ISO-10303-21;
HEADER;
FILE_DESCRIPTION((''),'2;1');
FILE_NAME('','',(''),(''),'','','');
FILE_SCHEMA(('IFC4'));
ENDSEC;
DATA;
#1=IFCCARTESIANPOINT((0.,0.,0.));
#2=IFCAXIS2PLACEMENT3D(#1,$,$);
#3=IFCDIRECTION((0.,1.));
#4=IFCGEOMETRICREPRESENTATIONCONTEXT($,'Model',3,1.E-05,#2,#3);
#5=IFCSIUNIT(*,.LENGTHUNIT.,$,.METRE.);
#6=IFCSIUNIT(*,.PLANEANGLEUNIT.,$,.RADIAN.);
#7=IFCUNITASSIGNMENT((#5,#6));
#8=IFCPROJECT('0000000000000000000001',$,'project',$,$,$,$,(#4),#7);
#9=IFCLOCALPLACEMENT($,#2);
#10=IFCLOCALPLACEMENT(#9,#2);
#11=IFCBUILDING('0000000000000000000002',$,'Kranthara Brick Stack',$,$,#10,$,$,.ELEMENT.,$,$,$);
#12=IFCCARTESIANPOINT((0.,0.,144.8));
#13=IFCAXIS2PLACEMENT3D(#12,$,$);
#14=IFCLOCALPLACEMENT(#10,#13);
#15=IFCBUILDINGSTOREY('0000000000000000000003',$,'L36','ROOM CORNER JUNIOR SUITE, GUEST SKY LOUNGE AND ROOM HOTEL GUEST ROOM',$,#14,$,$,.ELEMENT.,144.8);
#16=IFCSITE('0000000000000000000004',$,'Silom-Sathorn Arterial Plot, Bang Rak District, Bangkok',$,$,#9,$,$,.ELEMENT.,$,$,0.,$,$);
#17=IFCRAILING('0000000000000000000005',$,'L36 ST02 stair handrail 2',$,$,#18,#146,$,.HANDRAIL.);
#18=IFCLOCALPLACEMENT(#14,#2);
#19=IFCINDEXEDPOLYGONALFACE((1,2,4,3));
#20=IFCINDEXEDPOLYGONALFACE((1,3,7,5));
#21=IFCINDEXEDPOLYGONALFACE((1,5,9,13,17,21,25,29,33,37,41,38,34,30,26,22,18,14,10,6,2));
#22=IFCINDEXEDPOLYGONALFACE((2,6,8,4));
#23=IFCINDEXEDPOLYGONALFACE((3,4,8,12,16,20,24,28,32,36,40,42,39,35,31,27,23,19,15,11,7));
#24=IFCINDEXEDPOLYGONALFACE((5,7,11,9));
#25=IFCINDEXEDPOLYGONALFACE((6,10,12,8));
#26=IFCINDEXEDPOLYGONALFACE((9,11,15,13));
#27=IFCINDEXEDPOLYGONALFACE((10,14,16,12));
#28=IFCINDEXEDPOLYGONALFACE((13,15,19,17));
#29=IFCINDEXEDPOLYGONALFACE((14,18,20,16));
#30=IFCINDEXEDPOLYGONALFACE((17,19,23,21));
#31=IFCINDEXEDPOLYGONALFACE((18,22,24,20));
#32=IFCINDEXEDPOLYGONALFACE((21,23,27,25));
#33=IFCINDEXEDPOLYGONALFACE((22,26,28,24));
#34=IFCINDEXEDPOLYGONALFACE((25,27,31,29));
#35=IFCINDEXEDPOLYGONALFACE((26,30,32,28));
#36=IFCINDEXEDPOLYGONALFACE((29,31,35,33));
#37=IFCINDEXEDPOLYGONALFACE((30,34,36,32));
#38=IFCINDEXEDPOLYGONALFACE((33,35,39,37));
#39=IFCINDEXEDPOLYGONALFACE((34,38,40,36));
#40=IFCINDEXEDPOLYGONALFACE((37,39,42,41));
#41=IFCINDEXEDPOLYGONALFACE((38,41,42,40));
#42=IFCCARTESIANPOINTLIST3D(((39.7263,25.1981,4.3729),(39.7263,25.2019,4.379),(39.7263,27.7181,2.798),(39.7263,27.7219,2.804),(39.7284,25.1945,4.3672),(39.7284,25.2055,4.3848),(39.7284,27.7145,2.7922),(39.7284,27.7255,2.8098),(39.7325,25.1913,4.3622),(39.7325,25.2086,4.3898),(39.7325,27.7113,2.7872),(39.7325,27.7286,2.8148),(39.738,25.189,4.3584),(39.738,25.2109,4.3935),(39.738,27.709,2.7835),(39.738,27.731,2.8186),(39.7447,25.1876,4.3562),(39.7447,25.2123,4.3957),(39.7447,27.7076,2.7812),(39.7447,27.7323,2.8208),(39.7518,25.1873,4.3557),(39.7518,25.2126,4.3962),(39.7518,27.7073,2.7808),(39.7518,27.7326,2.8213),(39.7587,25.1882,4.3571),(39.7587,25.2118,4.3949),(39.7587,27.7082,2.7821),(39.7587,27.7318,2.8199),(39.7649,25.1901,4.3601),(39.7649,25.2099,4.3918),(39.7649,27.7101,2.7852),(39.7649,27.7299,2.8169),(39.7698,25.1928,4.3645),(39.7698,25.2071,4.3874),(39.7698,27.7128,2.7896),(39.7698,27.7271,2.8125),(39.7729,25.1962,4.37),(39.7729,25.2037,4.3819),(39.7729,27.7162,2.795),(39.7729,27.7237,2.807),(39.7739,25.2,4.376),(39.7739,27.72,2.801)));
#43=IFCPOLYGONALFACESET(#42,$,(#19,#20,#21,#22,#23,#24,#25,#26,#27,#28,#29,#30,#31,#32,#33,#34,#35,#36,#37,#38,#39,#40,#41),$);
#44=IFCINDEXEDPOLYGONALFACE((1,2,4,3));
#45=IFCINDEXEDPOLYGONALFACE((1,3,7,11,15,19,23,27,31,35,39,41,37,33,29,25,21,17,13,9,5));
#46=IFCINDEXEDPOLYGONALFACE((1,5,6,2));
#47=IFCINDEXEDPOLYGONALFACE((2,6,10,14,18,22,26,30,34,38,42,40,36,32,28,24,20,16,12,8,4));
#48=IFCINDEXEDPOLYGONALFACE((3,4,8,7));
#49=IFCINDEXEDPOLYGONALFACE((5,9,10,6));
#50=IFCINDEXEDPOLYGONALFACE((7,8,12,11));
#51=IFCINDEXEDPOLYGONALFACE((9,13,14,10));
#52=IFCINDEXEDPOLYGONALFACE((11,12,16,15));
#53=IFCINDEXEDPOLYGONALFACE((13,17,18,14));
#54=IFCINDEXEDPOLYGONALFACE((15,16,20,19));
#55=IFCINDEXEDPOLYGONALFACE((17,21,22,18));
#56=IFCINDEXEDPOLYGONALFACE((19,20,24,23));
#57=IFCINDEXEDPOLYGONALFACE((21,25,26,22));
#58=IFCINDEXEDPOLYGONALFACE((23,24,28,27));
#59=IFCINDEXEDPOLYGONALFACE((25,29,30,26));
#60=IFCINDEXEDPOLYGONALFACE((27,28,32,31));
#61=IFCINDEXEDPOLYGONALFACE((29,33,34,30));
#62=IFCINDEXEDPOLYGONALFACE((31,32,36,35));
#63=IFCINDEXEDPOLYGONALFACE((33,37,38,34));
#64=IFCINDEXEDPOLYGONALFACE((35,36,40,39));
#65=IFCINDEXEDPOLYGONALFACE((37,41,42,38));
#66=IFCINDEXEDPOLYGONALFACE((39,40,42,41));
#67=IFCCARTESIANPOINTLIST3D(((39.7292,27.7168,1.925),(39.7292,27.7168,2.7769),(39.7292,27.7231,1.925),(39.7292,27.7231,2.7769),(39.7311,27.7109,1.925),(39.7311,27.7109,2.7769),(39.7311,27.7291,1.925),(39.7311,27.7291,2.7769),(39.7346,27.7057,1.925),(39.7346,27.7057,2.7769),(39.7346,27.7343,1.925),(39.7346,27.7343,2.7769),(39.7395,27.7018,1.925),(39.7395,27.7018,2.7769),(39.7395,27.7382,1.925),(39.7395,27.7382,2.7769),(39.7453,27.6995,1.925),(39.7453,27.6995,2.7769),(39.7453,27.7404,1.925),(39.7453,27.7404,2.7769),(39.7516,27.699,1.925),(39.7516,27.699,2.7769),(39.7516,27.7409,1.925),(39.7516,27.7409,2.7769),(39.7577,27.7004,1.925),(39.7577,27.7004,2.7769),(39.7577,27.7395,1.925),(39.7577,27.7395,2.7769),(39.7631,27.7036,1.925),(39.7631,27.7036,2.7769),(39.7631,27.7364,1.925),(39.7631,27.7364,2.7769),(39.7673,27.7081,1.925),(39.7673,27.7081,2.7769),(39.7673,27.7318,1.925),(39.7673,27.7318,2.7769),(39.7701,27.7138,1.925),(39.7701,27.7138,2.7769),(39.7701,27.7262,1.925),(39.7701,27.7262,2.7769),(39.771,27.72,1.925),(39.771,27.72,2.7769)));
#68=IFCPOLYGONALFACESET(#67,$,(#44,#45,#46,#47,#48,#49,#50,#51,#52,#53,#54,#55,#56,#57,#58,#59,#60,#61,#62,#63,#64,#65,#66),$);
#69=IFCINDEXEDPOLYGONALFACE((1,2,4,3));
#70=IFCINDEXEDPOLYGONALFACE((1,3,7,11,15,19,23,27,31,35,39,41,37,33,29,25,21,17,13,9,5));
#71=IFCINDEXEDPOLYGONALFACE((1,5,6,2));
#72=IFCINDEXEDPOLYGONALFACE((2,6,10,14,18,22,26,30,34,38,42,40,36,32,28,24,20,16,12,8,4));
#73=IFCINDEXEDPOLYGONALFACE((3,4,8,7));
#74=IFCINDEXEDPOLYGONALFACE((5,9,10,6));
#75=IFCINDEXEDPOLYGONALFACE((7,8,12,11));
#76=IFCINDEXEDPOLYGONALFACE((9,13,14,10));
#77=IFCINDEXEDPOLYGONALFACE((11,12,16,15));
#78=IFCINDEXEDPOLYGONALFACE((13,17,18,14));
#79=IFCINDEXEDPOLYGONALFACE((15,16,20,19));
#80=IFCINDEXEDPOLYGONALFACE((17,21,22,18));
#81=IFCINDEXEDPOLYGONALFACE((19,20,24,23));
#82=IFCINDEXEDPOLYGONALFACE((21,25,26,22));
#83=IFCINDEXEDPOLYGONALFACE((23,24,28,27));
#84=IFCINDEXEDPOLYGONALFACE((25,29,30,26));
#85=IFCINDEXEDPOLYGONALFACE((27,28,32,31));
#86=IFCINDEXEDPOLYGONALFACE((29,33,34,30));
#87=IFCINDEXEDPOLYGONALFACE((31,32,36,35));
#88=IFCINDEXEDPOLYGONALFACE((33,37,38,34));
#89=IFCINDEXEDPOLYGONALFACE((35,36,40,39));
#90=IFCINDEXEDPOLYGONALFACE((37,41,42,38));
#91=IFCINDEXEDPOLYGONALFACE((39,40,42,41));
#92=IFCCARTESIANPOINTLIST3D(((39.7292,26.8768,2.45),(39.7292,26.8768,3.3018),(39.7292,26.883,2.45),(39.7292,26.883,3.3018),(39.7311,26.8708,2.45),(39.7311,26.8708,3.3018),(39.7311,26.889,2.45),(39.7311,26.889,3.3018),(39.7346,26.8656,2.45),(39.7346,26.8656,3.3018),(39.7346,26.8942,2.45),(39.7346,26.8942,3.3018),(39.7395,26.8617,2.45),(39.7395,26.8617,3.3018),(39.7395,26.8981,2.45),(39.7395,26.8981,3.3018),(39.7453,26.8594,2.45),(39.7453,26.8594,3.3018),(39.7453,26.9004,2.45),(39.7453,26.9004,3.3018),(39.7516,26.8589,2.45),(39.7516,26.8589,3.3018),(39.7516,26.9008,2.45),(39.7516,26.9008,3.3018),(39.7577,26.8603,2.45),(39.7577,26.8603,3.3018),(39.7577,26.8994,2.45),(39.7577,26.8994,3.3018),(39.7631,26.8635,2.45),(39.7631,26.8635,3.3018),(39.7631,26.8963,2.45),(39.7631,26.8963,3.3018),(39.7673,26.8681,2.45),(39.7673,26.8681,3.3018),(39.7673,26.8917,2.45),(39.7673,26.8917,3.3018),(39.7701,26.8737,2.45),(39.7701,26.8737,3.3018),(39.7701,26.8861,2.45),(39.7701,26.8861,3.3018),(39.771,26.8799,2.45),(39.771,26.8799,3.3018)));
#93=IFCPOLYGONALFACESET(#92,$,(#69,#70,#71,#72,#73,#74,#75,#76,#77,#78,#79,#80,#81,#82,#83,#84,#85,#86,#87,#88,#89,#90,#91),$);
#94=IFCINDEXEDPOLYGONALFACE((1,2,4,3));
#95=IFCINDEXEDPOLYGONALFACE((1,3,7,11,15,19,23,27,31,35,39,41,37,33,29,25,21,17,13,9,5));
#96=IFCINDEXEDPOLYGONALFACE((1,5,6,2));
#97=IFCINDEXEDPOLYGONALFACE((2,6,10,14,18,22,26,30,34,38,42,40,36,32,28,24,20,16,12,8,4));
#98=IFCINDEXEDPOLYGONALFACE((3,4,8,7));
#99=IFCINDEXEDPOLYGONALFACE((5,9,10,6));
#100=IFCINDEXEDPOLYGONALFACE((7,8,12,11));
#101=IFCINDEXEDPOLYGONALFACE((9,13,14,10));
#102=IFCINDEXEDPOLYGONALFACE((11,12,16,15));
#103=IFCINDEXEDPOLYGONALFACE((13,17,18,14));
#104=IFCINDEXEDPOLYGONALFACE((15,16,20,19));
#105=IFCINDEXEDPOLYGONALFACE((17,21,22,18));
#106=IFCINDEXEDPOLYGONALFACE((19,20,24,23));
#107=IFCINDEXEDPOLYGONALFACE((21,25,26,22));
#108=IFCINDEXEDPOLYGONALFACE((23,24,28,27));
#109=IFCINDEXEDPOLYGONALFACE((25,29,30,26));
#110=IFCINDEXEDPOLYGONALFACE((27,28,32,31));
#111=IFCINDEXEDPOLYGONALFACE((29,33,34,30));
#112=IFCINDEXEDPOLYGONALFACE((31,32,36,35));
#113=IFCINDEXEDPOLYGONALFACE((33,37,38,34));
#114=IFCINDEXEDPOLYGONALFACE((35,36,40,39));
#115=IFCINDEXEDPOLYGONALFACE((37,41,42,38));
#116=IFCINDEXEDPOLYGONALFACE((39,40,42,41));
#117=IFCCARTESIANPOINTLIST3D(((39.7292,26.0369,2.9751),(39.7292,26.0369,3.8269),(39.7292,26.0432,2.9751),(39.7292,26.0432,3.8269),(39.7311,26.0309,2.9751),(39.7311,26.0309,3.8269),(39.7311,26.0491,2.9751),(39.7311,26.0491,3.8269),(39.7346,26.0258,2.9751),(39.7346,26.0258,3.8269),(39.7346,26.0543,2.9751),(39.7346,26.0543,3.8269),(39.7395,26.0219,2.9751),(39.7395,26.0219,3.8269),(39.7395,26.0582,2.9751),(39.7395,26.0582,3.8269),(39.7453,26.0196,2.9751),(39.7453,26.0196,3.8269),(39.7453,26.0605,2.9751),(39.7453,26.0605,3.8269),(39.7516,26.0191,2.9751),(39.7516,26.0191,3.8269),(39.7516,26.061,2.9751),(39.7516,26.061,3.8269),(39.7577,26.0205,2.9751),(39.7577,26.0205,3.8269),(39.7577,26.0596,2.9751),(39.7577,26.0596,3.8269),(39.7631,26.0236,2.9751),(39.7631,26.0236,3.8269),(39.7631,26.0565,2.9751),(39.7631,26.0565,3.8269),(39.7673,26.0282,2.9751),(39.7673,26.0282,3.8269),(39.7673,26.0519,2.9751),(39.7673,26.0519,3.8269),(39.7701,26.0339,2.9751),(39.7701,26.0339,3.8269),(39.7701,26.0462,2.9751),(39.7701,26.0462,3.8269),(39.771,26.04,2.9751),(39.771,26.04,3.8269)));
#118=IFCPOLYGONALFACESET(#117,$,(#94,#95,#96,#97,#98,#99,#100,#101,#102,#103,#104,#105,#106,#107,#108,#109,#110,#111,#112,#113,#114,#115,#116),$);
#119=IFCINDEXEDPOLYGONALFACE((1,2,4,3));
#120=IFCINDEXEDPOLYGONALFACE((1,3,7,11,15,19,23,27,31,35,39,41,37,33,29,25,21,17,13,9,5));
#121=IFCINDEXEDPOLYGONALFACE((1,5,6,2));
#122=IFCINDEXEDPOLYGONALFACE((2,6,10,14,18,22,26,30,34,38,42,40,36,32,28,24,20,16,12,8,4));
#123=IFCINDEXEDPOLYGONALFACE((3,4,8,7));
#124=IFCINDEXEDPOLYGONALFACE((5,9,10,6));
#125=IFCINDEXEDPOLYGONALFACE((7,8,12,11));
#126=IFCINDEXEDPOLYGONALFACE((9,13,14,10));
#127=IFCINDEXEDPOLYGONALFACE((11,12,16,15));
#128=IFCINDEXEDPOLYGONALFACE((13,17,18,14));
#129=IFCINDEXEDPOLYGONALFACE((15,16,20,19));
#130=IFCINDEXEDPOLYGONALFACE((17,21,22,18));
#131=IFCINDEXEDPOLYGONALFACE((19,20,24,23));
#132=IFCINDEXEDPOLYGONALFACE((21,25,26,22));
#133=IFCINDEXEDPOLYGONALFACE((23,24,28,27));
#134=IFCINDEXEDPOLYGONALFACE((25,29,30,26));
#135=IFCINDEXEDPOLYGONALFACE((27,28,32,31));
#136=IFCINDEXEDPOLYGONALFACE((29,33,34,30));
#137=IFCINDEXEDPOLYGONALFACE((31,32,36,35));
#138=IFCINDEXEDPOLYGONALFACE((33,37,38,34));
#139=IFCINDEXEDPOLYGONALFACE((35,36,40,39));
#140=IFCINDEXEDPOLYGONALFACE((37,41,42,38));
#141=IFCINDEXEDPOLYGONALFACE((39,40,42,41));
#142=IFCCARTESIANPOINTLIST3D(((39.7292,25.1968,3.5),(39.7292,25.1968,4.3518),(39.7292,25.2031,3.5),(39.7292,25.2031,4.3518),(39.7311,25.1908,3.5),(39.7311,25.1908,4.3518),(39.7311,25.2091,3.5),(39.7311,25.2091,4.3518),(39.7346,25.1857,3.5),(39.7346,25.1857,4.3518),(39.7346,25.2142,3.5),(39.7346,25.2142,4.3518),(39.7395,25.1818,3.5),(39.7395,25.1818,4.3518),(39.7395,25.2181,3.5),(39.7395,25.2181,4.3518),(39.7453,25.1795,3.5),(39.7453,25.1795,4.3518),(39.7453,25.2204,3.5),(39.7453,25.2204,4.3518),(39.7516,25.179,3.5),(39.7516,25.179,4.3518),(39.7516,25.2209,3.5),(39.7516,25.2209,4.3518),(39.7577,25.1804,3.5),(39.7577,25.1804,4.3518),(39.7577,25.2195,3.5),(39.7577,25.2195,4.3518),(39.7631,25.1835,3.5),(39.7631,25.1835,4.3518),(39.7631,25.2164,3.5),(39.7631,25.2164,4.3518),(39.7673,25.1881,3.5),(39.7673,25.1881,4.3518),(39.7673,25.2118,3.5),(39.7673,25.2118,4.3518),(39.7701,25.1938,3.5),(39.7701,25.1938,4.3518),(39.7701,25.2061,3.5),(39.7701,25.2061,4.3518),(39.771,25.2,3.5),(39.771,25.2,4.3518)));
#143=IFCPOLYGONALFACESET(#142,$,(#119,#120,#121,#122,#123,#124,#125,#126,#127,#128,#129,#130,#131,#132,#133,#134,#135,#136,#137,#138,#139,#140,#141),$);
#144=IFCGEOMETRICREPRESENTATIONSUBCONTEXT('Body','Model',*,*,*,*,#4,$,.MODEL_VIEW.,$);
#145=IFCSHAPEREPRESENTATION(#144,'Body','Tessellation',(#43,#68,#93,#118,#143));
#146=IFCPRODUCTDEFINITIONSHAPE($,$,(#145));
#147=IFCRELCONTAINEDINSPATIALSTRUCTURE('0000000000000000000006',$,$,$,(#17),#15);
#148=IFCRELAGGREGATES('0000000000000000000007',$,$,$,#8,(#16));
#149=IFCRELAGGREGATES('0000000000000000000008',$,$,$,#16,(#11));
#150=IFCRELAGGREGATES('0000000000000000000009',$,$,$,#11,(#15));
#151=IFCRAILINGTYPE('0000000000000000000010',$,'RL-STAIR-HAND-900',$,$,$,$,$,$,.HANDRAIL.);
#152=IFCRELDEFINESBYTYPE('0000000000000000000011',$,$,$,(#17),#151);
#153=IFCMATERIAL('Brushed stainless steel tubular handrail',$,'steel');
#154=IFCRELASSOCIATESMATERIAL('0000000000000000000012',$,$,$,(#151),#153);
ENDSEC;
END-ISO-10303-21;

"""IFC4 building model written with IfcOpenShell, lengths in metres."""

from ifc_helpers import new_model, si_unit, direction, frame, origin, origin_2d, place, context, subcontext, project, spatial, circle, extrude, material, type_object, element, save


model = new_model("IFC4")

# Units and contexts
model_context = context("Model", 3, precision=1e-05, world=origin(), true_north=direction((0.0, 1.0)))
body_context = subcontext(model_context, "Body", "Model", "MODEL_VIEW")
ifc_project = project(units=[si_unit("LENGTHUNIT", "METRE"), si_unit("PLANEANGLEUNIT", "RADIAN")], contexts=[model_context])

# Site, building, storey
site_placement = place(None, origin())
site = spatial("IfcSite", under=ifc_project, at=site_placement, Name="Silom-Sathorn Arterial Plot, Bang Rak District, Bangkok", CompositionType="ELEMENT", RefElevation=0.0)
building_placement = place(site_placement, origin())
building = spatial("IfcBuilding", under=site, at=building_placement, Name="Kranthara Brick Stack", CompositionType="ELEMENT")
storey_placement = place(building_placement, frame((0.0, 0.0, 144.8)))
storey = spatial("IfcBuildingStorey", under=building, at=storey_placement, Name="L36", Description="ROOM CORNER JUNIOR SUITE, GUEST SKY LOUNGE AND ROOM HOTEL GUEST ROOM", CompositionType="ELEMENT", Elevation=144.8)

# Railing
ifc_material_1 = material(Name="Brushed stainless steel tubular handrail", Category="steel")
railing_type_1 = type_object("IfcRailingType", Name="RL-STAIR-HAND-900", PredefinedType="HANDRAIL", material=ifc_material_1)
railing_1_placement = place(storey_placement, frame((39.75, 27.72, 1.925)))
element("IfcRailing", 1, at=railing_1_placement, inside=storey, type_object=railing_type_1, Name="L36 ST02 stair handrail 2", PredefinedType="HANDRAIL", context=body_context, shape_type="SweptSolid", body=[
    extrude(circle(Radius=0.0239, at=origin_2d()), frame((0.0, 0.0, 0.876), z_axis=(0.0, -0.848008, 0.529984), x_axis=(1.0, 0.0, 0.0)), (0.0, 0.0, 1.0), 2.9717),
    extrude(circle(Radius=0.021, at=origin_2d()), origin(), (0.0, 0.0, 1.0), 0.8518),
    extrude(circle(Radius=0.021, at=origin_2d()), frame((0.0, -0.8401, 0.5249)), (0.0, 0.0, 1.0), 0.8518),
    extrude(circle(Radius=0.021, at=origin_2d()), frame((0.0, -1.6799, 1.05)), (0.0, 0.0, 1.0), 0.8518),
    extrude(circle(Radius=0.021, at=origin_2d()), frame((0.0, -2.52, 1.575)), (0.0, 0.0, 1.0), 0.8518),
])

save(model, "model.ifc")
